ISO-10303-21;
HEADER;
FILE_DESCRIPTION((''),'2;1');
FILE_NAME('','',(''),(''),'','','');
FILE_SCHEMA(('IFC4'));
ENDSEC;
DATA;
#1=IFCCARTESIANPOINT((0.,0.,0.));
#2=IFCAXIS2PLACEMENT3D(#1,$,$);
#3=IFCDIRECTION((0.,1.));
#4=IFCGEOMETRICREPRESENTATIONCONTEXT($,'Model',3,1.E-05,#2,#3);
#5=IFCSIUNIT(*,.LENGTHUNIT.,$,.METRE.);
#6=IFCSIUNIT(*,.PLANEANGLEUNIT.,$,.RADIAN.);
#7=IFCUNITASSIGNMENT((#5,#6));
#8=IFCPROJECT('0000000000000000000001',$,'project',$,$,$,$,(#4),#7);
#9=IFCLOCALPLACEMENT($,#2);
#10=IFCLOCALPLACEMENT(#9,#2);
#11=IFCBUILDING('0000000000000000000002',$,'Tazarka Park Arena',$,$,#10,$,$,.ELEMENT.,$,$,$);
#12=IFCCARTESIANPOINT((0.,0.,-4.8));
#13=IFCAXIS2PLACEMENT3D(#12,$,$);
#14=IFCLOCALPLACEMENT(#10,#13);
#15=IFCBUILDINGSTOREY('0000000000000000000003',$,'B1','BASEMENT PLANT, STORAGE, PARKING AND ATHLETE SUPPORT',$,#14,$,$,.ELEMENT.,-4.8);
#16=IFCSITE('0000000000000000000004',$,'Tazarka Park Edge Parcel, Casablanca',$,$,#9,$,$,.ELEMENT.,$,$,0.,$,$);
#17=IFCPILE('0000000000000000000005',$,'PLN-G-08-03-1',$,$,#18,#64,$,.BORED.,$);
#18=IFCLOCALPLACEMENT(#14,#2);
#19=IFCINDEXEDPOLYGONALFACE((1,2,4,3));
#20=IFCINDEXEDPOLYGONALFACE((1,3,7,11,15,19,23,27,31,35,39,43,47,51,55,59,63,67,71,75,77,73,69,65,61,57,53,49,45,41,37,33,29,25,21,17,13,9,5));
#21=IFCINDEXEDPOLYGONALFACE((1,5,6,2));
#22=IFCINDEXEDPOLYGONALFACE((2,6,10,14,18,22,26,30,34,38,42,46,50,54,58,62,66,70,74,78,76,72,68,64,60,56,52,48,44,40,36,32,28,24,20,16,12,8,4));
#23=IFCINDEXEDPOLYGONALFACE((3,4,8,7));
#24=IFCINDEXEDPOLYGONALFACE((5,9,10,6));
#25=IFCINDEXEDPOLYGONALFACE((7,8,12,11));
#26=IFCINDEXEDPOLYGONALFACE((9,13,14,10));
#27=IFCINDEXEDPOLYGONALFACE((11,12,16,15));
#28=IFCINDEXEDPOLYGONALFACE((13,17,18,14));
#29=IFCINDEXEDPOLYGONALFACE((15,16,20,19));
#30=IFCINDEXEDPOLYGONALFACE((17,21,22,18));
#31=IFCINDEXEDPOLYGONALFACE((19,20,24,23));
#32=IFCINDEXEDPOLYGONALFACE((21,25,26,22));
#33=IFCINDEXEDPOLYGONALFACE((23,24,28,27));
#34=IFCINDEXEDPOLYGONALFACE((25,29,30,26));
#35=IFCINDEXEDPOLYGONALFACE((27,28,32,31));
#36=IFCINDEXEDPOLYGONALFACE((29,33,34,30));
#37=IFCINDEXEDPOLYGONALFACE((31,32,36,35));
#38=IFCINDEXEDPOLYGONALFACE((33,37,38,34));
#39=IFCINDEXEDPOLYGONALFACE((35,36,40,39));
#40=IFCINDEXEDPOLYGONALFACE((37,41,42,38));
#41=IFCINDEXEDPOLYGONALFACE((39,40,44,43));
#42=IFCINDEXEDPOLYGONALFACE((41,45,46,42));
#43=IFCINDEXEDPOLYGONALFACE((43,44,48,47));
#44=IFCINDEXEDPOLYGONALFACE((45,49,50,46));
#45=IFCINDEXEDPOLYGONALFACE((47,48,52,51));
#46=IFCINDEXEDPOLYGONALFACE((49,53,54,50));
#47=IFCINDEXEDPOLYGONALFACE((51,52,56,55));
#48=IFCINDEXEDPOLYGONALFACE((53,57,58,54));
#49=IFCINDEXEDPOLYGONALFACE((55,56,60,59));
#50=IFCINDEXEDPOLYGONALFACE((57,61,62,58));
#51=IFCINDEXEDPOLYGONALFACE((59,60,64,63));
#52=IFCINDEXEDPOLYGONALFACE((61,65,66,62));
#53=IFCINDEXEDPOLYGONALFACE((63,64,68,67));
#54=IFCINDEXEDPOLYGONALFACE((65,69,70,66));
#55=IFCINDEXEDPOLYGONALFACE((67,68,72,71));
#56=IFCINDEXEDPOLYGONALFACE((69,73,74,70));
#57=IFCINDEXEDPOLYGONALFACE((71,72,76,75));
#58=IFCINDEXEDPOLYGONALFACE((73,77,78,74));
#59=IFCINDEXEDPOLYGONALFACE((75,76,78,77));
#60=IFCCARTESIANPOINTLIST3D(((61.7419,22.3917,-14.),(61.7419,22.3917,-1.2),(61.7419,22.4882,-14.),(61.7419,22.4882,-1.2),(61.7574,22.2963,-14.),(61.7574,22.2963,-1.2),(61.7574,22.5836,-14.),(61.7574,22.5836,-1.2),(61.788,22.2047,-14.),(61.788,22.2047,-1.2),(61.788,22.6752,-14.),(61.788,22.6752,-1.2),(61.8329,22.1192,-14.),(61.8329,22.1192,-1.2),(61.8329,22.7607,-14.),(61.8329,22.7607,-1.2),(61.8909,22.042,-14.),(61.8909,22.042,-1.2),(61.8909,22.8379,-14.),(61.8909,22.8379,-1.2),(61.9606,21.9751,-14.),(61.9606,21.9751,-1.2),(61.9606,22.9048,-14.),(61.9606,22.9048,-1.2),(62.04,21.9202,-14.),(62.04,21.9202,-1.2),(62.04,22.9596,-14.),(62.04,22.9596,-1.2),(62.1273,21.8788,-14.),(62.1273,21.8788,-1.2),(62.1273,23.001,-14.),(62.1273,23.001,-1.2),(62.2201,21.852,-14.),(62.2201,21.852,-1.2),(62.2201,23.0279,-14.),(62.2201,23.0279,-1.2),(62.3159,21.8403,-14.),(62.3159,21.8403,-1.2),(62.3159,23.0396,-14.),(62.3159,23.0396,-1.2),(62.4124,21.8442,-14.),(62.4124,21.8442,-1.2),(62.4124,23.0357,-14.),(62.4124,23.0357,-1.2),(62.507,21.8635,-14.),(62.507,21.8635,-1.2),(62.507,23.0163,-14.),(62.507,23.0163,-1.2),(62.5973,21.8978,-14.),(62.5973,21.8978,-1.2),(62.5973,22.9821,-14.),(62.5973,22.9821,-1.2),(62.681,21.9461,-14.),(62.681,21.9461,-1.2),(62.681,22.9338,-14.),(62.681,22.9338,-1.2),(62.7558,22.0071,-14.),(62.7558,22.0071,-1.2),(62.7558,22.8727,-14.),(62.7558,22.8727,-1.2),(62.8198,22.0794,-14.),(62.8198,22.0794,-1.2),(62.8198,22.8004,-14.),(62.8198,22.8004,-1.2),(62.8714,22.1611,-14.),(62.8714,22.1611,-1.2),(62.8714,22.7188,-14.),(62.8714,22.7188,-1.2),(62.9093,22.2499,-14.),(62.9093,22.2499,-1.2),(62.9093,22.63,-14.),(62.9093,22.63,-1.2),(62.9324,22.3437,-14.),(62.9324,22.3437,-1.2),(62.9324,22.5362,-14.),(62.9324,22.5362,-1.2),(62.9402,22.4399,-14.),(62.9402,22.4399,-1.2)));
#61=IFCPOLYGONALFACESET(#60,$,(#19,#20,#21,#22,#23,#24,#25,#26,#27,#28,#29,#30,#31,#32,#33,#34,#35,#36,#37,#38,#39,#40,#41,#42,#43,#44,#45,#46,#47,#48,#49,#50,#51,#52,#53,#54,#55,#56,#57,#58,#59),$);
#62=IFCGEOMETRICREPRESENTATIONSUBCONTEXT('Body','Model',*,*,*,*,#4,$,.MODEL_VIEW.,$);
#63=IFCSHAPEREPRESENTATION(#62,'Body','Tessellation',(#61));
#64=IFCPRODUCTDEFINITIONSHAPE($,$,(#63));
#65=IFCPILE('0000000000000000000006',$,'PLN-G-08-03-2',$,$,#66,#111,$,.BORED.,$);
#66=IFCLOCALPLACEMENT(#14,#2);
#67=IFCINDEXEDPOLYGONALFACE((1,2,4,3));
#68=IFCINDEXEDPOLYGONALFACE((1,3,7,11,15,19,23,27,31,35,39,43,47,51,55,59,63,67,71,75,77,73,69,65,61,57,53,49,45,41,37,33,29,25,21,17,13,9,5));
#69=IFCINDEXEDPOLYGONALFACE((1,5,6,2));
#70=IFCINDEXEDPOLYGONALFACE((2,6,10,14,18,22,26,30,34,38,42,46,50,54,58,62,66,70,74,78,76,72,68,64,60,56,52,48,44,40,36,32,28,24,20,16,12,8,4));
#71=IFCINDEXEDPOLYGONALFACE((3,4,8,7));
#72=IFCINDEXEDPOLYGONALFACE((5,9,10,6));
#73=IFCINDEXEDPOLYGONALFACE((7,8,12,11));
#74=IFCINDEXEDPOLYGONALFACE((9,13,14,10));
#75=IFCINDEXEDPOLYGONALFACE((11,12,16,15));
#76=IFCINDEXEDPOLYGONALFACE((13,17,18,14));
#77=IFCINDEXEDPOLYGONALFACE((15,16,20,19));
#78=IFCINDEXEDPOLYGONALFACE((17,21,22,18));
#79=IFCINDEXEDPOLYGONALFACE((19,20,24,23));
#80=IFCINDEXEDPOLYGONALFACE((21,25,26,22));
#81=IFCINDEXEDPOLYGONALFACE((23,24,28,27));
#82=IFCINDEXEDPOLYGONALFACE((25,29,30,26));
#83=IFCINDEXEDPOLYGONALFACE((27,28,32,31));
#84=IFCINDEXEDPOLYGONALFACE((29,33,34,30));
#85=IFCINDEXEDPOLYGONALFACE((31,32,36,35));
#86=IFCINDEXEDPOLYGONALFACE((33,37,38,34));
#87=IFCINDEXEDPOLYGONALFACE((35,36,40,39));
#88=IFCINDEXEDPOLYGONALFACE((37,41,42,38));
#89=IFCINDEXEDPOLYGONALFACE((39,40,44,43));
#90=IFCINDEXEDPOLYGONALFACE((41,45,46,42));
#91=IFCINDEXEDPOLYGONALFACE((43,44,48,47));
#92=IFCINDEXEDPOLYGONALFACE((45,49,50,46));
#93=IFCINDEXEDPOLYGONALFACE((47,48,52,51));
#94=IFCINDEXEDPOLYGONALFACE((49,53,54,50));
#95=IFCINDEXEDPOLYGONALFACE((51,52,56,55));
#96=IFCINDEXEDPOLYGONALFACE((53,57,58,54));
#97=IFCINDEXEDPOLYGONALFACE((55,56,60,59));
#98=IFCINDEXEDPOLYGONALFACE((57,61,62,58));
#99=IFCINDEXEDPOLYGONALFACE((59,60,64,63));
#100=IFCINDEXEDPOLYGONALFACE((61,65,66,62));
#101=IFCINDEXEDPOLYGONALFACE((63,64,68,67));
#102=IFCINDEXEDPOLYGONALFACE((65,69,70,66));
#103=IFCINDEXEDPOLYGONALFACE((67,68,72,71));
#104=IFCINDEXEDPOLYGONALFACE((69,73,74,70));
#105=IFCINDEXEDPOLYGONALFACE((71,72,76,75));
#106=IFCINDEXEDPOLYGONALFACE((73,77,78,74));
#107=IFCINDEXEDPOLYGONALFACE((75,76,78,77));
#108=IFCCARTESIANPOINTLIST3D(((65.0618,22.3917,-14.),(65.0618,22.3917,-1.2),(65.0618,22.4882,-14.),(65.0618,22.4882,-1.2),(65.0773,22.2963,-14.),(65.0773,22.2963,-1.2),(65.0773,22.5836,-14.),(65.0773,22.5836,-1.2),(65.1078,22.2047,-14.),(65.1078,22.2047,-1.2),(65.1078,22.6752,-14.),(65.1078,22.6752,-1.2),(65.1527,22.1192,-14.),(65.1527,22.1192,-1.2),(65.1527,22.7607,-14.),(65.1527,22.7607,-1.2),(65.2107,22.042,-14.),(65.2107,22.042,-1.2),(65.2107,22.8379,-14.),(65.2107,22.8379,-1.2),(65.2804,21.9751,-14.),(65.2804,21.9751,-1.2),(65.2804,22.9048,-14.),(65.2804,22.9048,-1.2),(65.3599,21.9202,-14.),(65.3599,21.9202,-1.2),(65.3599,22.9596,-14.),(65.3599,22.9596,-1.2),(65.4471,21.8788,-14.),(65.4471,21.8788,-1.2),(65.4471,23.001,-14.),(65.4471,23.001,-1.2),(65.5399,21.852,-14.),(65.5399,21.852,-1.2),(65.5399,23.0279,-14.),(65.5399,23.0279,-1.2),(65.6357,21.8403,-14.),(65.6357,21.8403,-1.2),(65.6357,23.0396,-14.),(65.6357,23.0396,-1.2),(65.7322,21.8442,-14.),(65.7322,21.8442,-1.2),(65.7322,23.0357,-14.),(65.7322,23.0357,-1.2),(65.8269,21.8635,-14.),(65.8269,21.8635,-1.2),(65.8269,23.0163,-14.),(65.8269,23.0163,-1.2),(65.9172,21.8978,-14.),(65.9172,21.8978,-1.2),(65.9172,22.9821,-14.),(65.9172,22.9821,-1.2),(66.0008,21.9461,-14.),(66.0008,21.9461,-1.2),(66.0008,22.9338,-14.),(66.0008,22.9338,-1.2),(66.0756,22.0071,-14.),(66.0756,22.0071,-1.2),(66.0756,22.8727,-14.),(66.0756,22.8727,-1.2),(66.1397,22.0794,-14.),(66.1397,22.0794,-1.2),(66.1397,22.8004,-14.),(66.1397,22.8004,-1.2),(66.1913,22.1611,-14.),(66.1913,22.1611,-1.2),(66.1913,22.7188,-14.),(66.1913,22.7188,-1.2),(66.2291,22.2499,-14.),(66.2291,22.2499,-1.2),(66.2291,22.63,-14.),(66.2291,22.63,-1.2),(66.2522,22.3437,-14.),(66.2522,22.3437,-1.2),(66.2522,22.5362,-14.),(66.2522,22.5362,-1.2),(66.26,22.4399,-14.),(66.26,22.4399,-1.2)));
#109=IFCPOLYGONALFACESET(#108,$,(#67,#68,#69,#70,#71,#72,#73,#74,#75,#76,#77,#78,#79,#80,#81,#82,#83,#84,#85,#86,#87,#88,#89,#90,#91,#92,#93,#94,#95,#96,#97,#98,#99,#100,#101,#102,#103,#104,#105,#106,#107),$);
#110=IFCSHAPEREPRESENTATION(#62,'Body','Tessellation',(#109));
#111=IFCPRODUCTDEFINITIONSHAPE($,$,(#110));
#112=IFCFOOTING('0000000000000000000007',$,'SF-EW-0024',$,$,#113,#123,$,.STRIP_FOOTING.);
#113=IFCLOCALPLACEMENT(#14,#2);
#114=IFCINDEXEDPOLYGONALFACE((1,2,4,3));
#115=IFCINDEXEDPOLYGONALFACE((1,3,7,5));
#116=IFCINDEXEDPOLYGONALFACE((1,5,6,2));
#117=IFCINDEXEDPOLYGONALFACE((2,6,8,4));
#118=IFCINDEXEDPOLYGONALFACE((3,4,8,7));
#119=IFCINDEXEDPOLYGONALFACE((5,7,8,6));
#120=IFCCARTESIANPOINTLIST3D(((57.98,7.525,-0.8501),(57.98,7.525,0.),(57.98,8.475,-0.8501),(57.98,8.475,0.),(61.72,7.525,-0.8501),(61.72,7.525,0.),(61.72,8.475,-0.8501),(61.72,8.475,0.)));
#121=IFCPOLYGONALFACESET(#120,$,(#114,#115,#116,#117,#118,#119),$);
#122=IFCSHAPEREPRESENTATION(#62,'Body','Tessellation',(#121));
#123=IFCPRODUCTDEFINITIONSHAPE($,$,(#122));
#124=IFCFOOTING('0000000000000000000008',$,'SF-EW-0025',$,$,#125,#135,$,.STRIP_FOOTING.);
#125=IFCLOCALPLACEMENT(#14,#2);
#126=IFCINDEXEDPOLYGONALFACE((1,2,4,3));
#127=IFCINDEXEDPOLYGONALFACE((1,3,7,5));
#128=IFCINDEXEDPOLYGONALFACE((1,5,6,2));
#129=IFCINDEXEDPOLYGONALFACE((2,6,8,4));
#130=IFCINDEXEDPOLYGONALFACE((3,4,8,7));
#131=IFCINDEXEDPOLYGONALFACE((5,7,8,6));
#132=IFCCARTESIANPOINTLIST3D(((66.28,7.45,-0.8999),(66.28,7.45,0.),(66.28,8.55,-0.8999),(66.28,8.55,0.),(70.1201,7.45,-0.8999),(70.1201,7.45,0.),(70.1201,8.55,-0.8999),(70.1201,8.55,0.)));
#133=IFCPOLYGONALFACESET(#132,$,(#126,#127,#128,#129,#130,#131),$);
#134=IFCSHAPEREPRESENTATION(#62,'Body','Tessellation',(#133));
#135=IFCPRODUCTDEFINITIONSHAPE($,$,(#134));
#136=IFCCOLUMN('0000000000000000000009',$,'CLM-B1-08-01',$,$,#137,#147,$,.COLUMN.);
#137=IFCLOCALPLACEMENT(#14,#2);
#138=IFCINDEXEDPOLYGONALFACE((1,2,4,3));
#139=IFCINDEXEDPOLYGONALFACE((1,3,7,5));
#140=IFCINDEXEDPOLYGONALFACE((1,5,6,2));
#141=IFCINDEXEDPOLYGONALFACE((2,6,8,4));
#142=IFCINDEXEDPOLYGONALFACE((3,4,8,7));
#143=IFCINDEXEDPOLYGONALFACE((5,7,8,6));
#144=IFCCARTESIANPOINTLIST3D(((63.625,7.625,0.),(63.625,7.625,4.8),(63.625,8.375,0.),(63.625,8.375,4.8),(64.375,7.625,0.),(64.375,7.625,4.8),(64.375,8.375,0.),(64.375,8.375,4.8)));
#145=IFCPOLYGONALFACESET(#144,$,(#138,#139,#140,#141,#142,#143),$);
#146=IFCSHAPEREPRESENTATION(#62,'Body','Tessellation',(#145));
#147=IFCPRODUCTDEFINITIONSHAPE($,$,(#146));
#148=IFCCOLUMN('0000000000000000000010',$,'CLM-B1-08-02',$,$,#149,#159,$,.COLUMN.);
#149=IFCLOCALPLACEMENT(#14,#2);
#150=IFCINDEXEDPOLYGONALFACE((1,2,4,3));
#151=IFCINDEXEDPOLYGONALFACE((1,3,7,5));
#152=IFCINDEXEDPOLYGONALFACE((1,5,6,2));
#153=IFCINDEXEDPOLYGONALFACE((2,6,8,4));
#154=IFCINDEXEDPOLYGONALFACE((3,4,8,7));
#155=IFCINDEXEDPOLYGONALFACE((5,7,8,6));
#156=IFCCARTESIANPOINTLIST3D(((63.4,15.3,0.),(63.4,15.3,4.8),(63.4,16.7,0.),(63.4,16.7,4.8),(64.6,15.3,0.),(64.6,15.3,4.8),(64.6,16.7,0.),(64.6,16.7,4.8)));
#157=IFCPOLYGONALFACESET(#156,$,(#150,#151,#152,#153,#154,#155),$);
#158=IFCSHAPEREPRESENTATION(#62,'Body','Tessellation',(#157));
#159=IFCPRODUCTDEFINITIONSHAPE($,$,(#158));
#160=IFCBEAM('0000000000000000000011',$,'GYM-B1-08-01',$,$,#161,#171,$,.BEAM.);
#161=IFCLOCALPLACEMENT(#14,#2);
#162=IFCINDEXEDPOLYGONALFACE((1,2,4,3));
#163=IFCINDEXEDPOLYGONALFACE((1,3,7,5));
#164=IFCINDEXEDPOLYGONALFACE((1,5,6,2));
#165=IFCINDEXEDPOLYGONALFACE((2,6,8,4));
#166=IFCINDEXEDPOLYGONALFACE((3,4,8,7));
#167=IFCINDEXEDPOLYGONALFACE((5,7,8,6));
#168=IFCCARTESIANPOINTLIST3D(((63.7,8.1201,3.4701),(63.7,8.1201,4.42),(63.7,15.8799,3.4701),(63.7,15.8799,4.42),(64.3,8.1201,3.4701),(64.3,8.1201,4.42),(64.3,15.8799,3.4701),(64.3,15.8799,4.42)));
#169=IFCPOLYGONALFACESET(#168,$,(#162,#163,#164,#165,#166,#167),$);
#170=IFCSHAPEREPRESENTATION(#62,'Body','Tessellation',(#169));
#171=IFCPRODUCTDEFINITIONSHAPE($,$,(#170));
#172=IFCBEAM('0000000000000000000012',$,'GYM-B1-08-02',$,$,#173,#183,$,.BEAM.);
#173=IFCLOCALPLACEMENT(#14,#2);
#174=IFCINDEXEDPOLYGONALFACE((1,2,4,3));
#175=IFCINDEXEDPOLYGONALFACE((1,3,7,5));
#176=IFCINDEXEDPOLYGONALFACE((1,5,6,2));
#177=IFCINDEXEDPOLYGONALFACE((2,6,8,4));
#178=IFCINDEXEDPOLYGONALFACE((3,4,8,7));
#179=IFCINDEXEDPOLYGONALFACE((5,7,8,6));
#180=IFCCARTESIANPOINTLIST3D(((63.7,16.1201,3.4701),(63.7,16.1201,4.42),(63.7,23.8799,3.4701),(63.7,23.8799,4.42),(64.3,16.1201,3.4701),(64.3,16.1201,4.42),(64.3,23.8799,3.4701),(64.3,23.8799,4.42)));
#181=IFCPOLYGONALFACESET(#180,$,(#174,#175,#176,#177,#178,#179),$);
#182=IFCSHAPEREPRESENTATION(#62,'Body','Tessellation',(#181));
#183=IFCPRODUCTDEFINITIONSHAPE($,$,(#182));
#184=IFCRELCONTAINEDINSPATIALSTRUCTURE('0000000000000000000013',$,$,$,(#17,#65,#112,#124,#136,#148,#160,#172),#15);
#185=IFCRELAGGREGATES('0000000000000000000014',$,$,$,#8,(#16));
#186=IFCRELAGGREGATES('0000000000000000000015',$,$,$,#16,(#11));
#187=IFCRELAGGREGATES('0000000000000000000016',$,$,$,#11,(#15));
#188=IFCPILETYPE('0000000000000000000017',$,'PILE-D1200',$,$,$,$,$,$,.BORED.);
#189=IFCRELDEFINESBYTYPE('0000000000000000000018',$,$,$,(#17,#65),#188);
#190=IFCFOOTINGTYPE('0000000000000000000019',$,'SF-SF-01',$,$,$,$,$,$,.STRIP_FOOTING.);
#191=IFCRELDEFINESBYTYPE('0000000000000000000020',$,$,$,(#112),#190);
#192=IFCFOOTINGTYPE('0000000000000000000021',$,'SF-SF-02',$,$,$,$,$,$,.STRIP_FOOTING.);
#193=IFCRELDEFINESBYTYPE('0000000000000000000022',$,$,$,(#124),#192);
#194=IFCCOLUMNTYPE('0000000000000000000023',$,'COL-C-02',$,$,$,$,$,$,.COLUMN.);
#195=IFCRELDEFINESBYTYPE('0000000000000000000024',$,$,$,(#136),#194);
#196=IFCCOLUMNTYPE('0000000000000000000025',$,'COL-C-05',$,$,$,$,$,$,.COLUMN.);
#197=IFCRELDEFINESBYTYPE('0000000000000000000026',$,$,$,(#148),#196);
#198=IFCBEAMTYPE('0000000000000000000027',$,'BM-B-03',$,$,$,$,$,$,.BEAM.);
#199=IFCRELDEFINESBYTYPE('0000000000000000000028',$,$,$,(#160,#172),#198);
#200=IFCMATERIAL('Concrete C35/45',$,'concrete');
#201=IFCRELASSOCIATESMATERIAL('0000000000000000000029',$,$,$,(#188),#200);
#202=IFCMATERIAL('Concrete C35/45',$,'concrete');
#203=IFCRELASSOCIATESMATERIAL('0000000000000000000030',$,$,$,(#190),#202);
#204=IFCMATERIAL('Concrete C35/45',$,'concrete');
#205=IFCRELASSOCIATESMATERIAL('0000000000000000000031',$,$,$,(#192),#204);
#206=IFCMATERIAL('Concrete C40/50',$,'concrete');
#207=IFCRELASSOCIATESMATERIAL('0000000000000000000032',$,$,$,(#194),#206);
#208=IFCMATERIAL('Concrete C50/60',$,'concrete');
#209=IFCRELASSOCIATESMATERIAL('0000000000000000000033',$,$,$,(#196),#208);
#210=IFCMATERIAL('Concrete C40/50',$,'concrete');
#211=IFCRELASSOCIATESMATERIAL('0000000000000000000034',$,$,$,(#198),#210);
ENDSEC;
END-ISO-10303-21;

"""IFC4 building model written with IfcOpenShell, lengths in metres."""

from ifc_helpers import new_model, si_unit, direction, frame, origin, origin_2d, place, context, subcontext, project, spatial, rectangle, circle, extrude, material, material_profile, profile_set, type_object, element, save


model = new_model("IFC4")

# Units and contexts
model_context = context("Model", 3, precision=1e-05, world=origin(), true_north=direction((0.0, 1.0)))
body_context = subcontext(model_context, "Body", "Model", "MODEL_VIEW")
ifc_project = project(units=[si_unit("LENGTHUNIT", "METRE"), si_unit("PLANEANGLEUNIT", "RADIAN")], contexts=[model_context])

# Site, building, storey
site_placement = place(None, origin())
site = spatial("IfcSite", under=ifc_project, at=site_placement, Name="Tazarka Park Edge Parcel, Casablanca", CompositionType="ELEMENT", RefElevation=0.0)
building_placement = place(site_placement, origin())
building = spatial("IfcBuilding", under=site, at=building_placement, Name="Tazarka Park Arena", CompositionType="ELEMENT")
storey_placement = place(building_placement, frame((0.0, 0.0, -4.8)))
storey = spatial("IfcBuildingStorey", under=building, at=storey_placement, Name="B1", Description="BASEMENT PLANT, STORAGE, PARKING AND ATHLETE SUPPORT", CompositionType="ELEMENT", Elevation=-4.8)

# Piles
ifc_material_1 = material(Name="Concrete C35/45", Category="concrete")
ifc_material_profile_1 = material_profile(ifc_material_1, circle(Radius=0.6001, at=origin_2d()), Name="Concrete C35/45")
ifc_profile_set_1 = profile_set([ifc_material_profile_1], Name="Concrete C35/45")
pile_type_1 = type_object("IfcPileType", Name="PILE-D1200", PredefinedType="BORED", material=ifc_profile_set_1)
for number, where, z_axis, x_axis, name in (
    (1, (62.3401, 22.4399, -1.2), (0.0, 0.0, -1.0), (1.0, 0.0, 0.0), "PLN-G-08-03-1"),
    (2, (65.6599, 22.4399, -1.2), (0.0, 0.0, -1.0), (1.0, 0.0, 0.0), "PLN-G-08-03-2"),
):
    element("IfcPile", number, at=place(storey_placement, frame(where, z_axis=z_axis, x_axis=x_axis)), inside=storey, type_object=pile_type_1, Name=name, PredefinedType="BORED", context=body_context, shape_type="SweptSolid", body=[
        extrude(circle(Radius=0.6001, at=origin_2d()), origin(), (0.0, 0.0, 1.0), 12.8),
    ])

# Footings
ifc_material_2 = material(Name="Concrete C35/45", Category="concrete")
ifc_material_profile_2 = material_profile(ifc_material_2, rectangle(XDim=0.95, YDim=0.8501, at=origin_2d()), Name="Concrete C35/45")
ifc_profile_set_2 = profile_set([ifc_material_profile_2], Name="Concrete C35/45")
footing_type_1 = type_object("IfcFootingType", Name="SF-SF-01", PredefinedType="STRIP_FOOTING", material=ifc_profile_set_2)
footing_1_placement = place(storey_placement, frame((61.72, 8.0, -0.425), z_axis=(-1.0, 0.0, 0.0), x_axis=(0.0, -1.0, 0.0)))
element("IfcFooting", 3, at=footing_1_placement, inside=storey, type_object=footing_type_1, Name="SF-EW-0024", PredefinedType="STRIP_FOOTING", context=body_context, shape_type="SweptSolid", body=[
    extrude(rectangle(XDim=0.95, YDim=0.8501, at=origin_2d()), origin(), (0.0, 0.0, 1.0), 3.74),
])
ifc_material_3 = material(Name="Concrete C35/45", Category="concrete")
ifc_material_profile_3 = material_profile(ifc_material_3, rectangle(XDim=1.1001, YDim=0.8999, at=origin_2d()), Name="Concrete C35/45")
ifc_profile_set_3 = profile_set([ifc_material_profile_3], Name="Concrete C35/45")
footing_type_2 = type_object("IfcFootingType", Name="SF-SF-02", PredefinedType="STRIP_FOOTING", material=ifc_profile_set_3)
footing_2_placement = place(storey_placement, frame((70.1201, 8.0, -0.45), z_axis=(-1.0, 0.0, 0.0), x_axis=(0.0, -1.0, 0.0)))
element("IfcFooting", 4, at=footing_2_placement, inside=storey, type_object=footing_type_2, Name="SF-EW-0025", PredefinedType="STRIP_FOOTING", context=body_context, shape_type="SweptSolid", body=[
    extrude(rectangle(XDim=1.1001, YDim=0.8999, at=origin_2d()), origin(), (0.0, 0.0, 1.0), 3.8401),
])

# Columns
ifc_material_4 = material(Name="Concrete C40/50", Category="concrete")
ifc_material_profile_4 = material_profile(ifc_material_4, rectangle(XDim=0.75, YDim=0.75, at=origin_2d()), Name="Concrete C40/50")
ifc_profile_set_4 = profile_set([ifc_material_profile_4], Name="Concrete C40/50")
column_type_1 = type_object("IfcColumnType", Name="COL-C-02", PredefinedType="COLUMN", material=ifc_profile_set_4)
column_1_placement = place(storey_placement, frame((64.0, 8.0, 0.0), z_axis=(0.0, 0.0, 1.0), x_axis=(1.0, 0.0, 0.0)))
element("IfcColumn", 5, at=column_1_placement, inside=storey, type_object=column_type_1, Name="CLM-B1-08-01", PredefinedType="COLUMN", context=body_context, shape_type="SweptSolid", body=[
    extrude(rectangle(XDim=0.75, YDim=0.75, at=origin_2d()), origin(), (0.0, 0.0, 1.0), 4.8),
])
ifc_material_5 = material(Name="Concrete C50/60", Category="concrete")
ifc_material_profile_5 = material_profile(ifc_material_5, rectangle(XDim=1.2, YDim=1.3999, at=origin_2d()), Name="Concrete C50/60")
ifc_profile_set_5 = profile_set([ifc_material_profile_5], Name="Concrete C50/60")
column_type_2 = type_object("IfcColumnType", Name="COL-C-05", PredefinedType="COLUMN", material=ifc_profile_set_5)
column_2_placement = place(storey_placement, frame((64.0, 16.0, 0.0), z_axis=(0.0, 0.0, 1.0), x_axis=(1.0, 0.0, 0.0)))
element("IfcColumn", 6, at=column_2_placement, inside=storey, type_object=column_type_2, Name="CLM-B1-08-02", PredefinedType="COLUMN", context=body_context, shape_type="SweptSolid", body=[
    extrude(rectangle(XDim=1.2, YDim=1.3999, at=origin_2d()), origin(), (0.0, 0.0, 1.0), 4.8),
])

# Beams
ifc_material_6 = material(Name="Concrete C40/50", Category="concrete")
ifc_material_profile_6 = material_profile(ifc_material_6, rectangle(XDim=0.6001, YDim=0.95, at=origin_2d()), Name="Concrete C40/50")
ifc_profile_set_6 = profile_set([ifc_material_profile_6], Name="Concrete C40/50")
beam_type_1 = type_object("IfcBeamType", Name="BM-B-03", PredefinedType="BEAM", material=ifc_profile_set_6)
for number, where, z_axis, x_axis, name in (
    (7, (64.0, 8.1201, 3.9451), (0.0, 1.0, 0.0), (-1.0, 0.0, 0.0), "GYM-B1-08-01"),
    (8, (64.0, 16.1201, 3.9451), (0.0, 1.0, 0.0), (-1.0, 0.0, 0.0), "GYM-B1-08-02"),
):
    element("IfcBeam", number, at=place(storey_placement, frame(where, z_axis=z_axis, x_axis=x_axis)), inside=storey, type_object=beam_type_1, Name=name, PredefinedType="BEAM", context=body_context, shape_type="SweptSolid", body=[
        extrude(rectangle(XDim=0.6001, YDim=0.95, at=origin_2d()), origin(), (0.0, 0.0, 1.0), 7.7598),
    ])

save(model, "model.ifc")
